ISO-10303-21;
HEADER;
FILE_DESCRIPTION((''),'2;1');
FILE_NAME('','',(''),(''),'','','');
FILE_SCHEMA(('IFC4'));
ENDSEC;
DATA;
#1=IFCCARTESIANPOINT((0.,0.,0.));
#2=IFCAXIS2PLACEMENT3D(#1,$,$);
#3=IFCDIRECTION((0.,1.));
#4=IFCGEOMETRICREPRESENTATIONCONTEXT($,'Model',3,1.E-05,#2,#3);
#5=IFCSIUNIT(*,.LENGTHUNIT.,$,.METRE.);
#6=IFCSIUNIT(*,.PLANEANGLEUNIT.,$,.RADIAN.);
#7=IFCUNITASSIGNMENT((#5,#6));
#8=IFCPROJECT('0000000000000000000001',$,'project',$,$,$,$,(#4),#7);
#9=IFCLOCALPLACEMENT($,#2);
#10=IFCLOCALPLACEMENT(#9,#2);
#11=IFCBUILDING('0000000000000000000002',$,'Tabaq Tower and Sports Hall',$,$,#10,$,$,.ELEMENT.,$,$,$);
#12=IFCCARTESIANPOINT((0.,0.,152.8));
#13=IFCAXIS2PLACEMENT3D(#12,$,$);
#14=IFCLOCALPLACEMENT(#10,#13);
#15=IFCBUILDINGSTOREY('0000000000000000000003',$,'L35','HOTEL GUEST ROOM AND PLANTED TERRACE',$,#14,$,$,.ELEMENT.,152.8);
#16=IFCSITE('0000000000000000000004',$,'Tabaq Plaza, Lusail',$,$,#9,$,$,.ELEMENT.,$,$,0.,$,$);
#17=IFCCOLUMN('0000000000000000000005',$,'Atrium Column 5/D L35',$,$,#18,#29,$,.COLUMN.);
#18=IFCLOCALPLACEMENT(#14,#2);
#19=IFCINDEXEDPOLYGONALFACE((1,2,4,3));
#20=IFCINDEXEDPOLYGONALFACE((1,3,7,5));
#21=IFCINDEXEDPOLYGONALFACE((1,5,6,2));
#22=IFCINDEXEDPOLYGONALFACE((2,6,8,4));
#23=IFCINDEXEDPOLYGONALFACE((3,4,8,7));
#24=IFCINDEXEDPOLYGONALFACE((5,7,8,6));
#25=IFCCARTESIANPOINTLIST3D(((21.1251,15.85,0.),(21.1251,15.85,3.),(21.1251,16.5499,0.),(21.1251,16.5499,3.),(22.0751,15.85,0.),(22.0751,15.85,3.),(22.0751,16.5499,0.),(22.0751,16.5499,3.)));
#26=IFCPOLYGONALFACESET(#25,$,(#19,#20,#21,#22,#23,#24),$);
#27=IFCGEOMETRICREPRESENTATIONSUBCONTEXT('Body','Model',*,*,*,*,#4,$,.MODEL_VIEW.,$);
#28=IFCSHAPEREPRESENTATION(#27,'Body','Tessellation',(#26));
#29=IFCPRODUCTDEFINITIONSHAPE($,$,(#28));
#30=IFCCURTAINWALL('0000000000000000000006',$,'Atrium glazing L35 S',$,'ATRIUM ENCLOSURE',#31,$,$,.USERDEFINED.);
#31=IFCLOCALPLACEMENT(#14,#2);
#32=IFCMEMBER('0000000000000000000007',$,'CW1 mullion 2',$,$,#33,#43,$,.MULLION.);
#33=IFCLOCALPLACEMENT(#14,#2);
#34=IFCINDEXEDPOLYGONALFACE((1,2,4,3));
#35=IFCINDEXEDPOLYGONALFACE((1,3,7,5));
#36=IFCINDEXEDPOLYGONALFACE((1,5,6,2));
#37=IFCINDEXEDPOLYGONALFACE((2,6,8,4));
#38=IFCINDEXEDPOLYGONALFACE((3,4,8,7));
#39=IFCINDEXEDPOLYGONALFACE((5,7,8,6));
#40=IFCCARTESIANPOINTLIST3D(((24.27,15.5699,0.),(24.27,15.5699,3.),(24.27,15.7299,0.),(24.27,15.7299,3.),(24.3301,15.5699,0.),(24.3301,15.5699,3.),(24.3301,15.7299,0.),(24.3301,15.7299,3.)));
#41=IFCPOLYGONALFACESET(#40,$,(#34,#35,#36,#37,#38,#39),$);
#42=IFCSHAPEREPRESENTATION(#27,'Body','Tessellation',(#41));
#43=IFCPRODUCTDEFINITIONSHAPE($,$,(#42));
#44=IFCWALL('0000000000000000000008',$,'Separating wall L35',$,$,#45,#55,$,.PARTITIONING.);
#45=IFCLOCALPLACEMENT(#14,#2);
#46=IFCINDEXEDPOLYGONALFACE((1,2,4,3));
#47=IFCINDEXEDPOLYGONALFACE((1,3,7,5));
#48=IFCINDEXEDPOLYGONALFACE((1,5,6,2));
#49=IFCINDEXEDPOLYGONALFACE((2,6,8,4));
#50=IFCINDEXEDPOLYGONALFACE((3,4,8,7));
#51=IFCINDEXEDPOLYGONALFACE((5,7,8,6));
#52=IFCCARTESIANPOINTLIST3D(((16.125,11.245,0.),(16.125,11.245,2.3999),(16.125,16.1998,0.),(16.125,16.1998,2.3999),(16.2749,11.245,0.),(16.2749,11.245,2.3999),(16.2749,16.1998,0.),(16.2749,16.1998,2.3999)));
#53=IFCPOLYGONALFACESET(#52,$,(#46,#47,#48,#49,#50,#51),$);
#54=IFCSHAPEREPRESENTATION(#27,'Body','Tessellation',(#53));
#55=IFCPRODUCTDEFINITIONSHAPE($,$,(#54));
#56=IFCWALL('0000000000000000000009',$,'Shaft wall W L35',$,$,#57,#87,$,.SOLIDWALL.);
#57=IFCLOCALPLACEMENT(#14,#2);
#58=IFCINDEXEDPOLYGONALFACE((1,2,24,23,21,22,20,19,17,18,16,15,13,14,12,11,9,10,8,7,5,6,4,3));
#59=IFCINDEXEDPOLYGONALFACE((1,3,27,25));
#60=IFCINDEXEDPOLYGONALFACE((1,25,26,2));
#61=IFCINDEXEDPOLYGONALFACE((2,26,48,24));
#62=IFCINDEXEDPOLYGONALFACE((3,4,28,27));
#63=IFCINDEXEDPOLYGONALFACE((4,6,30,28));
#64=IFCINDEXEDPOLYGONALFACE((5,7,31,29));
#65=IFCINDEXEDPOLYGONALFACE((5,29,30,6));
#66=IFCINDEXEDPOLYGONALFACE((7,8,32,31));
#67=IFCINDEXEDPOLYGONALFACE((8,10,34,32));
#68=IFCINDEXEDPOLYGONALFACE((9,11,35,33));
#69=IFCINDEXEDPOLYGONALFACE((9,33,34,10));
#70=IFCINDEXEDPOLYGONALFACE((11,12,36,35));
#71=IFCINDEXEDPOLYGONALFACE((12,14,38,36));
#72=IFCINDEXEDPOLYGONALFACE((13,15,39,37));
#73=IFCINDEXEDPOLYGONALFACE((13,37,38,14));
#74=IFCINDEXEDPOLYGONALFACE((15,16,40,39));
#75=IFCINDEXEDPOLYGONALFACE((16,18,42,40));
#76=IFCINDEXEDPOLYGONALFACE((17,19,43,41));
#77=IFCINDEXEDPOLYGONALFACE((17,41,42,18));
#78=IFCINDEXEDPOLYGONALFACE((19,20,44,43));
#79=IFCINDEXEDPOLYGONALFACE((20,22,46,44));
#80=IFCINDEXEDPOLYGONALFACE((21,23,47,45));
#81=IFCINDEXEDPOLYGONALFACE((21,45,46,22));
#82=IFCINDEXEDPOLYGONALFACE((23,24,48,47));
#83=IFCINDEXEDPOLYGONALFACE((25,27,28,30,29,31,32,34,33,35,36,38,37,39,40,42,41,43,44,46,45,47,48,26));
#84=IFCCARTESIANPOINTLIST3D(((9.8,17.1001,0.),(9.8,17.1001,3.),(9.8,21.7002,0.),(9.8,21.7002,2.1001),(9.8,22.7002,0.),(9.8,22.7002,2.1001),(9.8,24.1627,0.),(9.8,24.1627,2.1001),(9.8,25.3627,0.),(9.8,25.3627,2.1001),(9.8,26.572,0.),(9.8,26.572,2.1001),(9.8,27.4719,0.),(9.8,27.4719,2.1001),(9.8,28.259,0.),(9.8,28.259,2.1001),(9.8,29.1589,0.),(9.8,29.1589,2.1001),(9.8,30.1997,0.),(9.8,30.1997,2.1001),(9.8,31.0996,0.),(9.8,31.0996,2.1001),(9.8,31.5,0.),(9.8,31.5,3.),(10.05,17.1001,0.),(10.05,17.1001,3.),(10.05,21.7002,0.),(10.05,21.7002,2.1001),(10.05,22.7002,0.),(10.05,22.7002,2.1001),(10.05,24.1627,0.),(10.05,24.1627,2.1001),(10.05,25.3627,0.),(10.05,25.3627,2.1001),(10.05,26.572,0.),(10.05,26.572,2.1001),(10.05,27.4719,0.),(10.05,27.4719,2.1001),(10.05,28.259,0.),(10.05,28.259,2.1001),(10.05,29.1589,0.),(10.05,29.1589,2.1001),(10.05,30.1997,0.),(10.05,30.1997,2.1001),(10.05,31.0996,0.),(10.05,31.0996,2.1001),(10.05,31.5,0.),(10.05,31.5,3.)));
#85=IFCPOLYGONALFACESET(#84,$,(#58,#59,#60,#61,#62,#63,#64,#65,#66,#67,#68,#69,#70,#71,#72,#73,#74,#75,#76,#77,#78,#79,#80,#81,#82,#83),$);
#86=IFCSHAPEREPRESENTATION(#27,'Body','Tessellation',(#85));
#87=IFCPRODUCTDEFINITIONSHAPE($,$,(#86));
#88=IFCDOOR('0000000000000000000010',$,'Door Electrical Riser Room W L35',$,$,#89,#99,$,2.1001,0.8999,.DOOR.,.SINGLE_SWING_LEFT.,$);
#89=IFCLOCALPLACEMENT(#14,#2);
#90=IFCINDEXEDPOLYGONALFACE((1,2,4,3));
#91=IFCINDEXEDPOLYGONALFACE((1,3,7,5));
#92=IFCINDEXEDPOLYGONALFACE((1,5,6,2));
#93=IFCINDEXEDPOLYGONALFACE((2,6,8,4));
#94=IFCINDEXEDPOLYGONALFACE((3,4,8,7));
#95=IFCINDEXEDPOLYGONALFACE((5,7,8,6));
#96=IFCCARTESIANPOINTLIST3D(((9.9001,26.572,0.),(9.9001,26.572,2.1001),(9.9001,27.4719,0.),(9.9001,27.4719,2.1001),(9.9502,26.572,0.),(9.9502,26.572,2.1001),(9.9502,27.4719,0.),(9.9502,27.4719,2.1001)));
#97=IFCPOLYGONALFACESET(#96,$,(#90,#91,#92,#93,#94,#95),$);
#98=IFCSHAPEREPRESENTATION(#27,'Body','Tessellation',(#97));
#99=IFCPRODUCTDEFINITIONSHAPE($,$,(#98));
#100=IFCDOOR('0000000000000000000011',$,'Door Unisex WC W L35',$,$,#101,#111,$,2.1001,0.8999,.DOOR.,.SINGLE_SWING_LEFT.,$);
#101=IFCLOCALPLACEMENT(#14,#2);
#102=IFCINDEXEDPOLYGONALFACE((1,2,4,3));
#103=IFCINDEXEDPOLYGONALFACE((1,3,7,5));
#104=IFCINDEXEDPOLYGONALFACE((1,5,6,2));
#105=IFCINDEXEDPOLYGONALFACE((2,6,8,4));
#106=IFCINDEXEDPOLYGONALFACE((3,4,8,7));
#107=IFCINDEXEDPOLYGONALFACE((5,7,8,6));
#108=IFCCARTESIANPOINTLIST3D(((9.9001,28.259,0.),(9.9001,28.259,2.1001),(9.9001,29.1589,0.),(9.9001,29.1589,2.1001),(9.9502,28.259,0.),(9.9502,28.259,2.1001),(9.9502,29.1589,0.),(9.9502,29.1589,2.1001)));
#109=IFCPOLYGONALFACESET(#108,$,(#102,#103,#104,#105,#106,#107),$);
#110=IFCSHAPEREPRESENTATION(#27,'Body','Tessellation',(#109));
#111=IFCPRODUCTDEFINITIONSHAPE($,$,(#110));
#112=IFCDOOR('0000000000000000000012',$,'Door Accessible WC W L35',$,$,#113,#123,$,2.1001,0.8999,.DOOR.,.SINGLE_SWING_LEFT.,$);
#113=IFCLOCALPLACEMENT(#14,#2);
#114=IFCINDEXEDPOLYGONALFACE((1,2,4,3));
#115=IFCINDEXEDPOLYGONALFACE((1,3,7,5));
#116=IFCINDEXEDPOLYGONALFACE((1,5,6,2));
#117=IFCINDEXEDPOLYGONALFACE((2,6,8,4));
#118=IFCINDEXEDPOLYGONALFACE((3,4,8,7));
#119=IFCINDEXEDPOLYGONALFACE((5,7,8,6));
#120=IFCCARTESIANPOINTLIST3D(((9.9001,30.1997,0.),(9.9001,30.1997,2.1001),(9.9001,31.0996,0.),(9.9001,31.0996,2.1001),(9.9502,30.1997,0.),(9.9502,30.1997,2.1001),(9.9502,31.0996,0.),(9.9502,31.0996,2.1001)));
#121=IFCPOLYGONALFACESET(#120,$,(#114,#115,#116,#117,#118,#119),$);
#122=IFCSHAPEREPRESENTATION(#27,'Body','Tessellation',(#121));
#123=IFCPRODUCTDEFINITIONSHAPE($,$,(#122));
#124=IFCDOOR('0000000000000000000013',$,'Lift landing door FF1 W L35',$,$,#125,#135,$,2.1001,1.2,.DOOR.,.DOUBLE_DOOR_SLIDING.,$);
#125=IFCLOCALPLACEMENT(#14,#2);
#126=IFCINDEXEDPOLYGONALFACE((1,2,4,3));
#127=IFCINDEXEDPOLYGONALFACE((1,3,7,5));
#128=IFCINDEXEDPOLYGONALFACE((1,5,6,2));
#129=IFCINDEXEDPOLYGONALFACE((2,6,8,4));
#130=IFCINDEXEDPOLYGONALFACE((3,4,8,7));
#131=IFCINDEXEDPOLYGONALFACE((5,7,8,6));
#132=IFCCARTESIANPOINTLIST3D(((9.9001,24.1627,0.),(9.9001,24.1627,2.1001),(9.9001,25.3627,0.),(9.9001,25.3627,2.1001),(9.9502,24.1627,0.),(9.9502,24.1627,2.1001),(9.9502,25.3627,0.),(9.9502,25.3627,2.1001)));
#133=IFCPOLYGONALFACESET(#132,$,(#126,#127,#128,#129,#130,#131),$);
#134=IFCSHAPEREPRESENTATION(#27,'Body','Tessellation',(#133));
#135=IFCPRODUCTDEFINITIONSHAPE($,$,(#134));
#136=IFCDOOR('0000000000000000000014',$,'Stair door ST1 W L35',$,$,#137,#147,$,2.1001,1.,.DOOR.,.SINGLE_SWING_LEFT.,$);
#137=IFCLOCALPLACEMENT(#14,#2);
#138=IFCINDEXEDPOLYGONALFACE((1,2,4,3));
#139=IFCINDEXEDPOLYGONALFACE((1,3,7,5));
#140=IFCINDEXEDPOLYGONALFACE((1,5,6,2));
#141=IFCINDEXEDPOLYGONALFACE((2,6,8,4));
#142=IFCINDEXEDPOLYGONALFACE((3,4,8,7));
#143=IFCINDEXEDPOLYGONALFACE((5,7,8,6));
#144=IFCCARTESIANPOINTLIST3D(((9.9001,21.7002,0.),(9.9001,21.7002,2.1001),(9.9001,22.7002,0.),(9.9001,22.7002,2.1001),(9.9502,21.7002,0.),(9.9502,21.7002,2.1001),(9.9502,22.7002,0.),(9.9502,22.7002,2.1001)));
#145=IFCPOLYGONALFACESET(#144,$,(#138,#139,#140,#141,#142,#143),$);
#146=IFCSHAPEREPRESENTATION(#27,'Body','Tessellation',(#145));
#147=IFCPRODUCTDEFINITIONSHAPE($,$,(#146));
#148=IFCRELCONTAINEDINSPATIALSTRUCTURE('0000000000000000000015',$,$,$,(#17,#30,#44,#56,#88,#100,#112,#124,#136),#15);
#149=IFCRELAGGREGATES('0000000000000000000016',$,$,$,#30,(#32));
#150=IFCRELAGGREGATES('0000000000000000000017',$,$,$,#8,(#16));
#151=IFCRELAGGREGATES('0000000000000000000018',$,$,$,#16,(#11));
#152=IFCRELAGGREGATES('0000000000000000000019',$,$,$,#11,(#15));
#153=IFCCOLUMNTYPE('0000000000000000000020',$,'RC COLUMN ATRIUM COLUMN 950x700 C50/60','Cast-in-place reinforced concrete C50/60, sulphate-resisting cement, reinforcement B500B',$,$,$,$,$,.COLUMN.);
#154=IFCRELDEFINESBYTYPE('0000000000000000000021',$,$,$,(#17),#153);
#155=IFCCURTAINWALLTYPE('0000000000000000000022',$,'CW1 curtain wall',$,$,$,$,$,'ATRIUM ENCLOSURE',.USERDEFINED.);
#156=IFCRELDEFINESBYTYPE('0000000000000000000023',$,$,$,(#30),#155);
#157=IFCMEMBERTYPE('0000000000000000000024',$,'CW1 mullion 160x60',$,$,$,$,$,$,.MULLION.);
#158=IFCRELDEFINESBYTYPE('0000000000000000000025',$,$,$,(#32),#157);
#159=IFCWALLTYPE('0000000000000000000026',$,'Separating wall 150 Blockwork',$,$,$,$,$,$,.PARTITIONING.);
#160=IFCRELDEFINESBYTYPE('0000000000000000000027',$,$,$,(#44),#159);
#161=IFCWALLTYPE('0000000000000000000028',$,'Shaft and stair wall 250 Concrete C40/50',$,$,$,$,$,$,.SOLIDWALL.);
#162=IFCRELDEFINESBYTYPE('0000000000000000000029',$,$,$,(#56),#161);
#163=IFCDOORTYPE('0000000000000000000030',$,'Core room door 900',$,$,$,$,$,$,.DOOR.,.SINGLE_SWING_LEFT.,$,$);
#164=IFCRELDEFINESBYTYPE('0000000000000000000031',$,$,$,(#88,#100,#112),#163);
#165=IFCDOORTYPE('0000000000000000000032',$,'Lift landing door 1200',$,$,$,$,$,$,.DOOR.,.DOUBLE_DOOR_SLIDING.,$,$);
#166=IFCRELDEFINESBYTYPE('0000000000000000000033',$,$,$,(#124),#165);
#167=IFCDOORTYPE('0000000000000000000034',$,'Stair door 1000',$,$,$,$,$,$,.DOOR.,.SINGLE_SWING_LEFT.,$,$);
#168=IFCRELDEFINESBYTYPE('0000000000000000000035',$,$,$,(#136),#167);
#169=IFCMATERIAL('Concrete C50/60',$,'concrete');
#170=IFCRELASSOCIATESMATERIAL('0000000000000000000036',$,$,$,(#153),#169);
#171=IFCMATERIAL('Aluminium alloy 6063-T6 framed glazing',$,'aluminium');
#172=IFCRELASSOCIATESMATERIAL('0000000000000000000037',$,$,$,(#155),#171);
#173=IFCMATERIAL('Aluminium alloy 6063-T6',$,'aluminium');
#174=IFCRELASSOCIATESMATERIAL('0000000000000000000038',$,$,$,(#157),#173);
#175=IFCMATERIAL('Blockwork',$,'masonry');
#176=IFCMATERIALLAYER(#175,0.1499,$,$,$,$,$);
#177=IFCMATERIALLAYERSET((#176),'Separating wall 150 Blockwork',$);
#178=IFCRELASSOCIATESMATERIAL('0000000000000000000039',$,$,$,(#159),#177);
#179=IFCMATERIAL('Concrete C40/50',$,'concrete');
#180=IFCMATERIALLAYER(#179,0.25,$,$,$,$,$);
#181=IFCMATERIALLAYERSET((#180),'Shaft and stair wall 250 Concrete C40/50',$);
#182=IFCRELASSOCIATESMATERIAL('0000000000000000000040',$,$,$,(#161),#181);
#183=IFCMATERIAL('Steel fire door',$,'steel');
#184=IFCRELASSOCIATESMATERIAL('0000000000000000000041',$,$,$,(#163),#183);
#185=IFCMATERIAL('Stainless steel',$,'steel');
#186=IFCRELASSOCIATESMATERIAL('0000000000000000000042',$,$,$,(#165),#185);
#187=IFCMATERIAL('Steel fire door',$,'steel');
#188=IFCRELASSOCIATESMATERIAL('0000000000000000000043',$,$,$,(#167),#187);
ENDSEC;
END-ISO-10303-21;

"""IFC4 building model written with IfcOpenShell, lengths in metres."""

from ifc_helpers import new_model, si_unit, direction, frame, frame_2d, origin, origin_2d, place, context, subcontext, project, spatial, rectangle, extrude, material, layer, layer_set, material_profile, profile_set, type_object, element, fill, aggregate, save


model = new_model("IFC4")

# Units and contexts
model_context = context("Model", 3, precision=1e-05, world=origin(), true_north=direction((0.0, 1.0)))
body_context = subcontext(model_context, "Body", "Model", "MODEL_VIEW")
ifc_project = project(units=[si_unit("LENGTHUNIT", "METRE"), si_unit("PLANEANGLEUNIT", "RADIAN")], contexts=[model_context])

# Site, building, storey
site_placement = place(None, origin())
site = spatial("IfcSite", under=ifc_project, at=site_placement, Name="Tabaq Plaza, Lusail", CompositionType="ELEMENT", RefElevation=0.0)
building_placement = place(site_placement, origin())
building = spatial("IfcBuilding", under=site, at=building_placement, Name="Tabaq Tower and Sports Hall", CompositionType="ELEMENT")
storey_placement = place(building_placement, frame((0.0, 0.0, 152.8)))
storey = spatial("IfcBuildingStorey", under=building, at=storey_placement, Name="L35", Description="HOTEL GUEST ROOM AND PLANTED TERRACE", CompositionType="ELEMENT", Elevation=152.8)

# Column
ifc_material_1 = material(Name="Concrete C50/60", Category="concrete")
ifc_material_profile_1 = material_profile(ifc_material_1, rectangle(XDim=0.95, YDim=0.7, at=origin_2d()), Name="ATRIUM COLUMN 950x700")
ifc_profile_set_1 = profile_set([ifc_material_profile_1], Name="Concrete C50/60")
column_type = type_object("IfcColumnType", Name="RC COLUMN ATRIUM COLUMN 950x700 C50/60", Description="Cast-in-place reinforced concrete C50/60, sulphate-resisting cement, reinforcement B500B", PredefinedType="COLUMN", material=ifc_profile_set_1)
column_placement = place(storey_placement, frame((21.6001, 16.2, 0.0), z_axis=(0.0, 0.0, 1.0), x_axis=(1.0, 0.0, 0.0)))
element("IfcColumn", 1, at=column_placement, inside=storey, type_object=column_type, Name="Atrium Column 5/D L35", PredefinedType="COLUMN", context=body_context, shape_type="SweptSolid", body=[
    extrude(rectangle(XDim=0.95, YDim=0.7, at=origin_2d()), origin(), (0.0, 0.0, 1.0), 3.0),
])

# Curtain wall, member
ifc_material_2 = material(Name="Aluminium alloy 6063-T6 framed glazing", Category="aluminium")
curtain_wall_type = type_object("IfcCurtainWallType", Name="CW1 curtain wall", ElementType="ATRIUM ENCLOSURE", PredefinedType="USERDEFINED", material=ifc_material_2)
curtain_wall_placement = place(storey_placement, origin())
curtain_wall = element("IfcCurtainWall", 2, at=curtain_wall_placement, inside=storey, type_object=curtain_wall_type, Name="Atrium glazing L35 S", ObjectType="ATRIUM ENCLOSURE", PredefinedType="USERDEFINED")
ifc_material_3 = material(Name="Aluminium alloy 6063-T6", Category="aluminium")
ifc_material_profile_2 = material_profile(ifc_material_3, rectangle(XDim=0.1599, YDim=0.0601, at=origin_2d()), Name="MULLION 160x60")
ifc_profile_set_2 = profile_set([ifc_material_profile_2], Name="Aluminium alloy 6063-T6")
member_type = type_object("IfcMemberType", Name="CW1 mullion 160x60", PredefinedType="MULLION", material=ifc_profile_set_2)
member_placement = place(storey_placement, frame((24.3, 15.6499, 0.0), z_axis=(0.0, 0.0, 1.0), x_axis=(0.0, 1.0, 0.0)))
member = element("IfcMember", 3, at=member_placement, type_object=member_type, Name="CW1 mullion 2", PredefinedType="MULLION", context=body_context, shape_type="SweptSolid", body=[
    extrude(rectangle(XDim=0.1599, YDim=0.0601, at=origin_2d()), origin(), (0.0, 0.0, 1.0), 3.0),
])
aggregate(curtain_wall, [member])

# Wall
ifc_material_4 = material(Name="Blockwork", Category="masonry")
ifc_layer_1 = layer(ifc_material_4, 0.1499)
ifc_layer_set_1 = layer_set([ifc_layer_1], Name="Separating wall 150 Blockwork")
wall_type_1 = type_object("IfcWallType", Name="Separating wall 150 Blockwork", PredefinedType="PARTITIONING", material=ifc_layer_set_1)
wall_1_placement = place(storey_placement, frame((16.2, 16.2, 0.0), z_axis=(0.0, 0.0, 1.0), x_axis=(0.0, -1.0, 0.0)))
element("IfcWall", 4, at=wall_1_placement, inside=storey, type_object=wall_type_1, Name="Separating wall L35", PredefinedType="PARTITIONING", context=body_context, shape_type="SweptSolid", body=[
    extrude(rectangle(XDim=4.9548, YDim=0.1499, at=frame_2d((2.4775, 0.0))), origin(), (0.0, 0.0, 1.0), 2.3999),
])

# Wall, openings, doors
ifc_material_5 = material(Name="Concrete C40/50", Category="concrete")
ifc_layer_2 = layer(ifc_material_5, 0.25)
ifc_layer_set_2 = layer_set([ifc_layer_2], Name="Shaft and stair wall 250 Concrete C40/50")
wall_type_2 = type_object("IfcWallType", Name="Shaft and stair wall 250 Concrete C40/50", PredefinedType="SOLIDWALL", material=ifc_layer_set_2)
wall_2_placement = place(storey_placement, frame((9.925, 17.1001, 0.0), z_axis=(0.0, 0.0, 1.0), x_axis=(0.0, 1.0, 0.0)))
wall_2 = element("IfcWall", 5, at=wall_2_placement, inside=storey, type_object=wall_type_2, Name="Shaft wall W L35", PredefinedType="SOLIDWALL", context=body_context, shape_type="SweptSolid", body=[
    extrude(rectangle(XDim=14.3999, YDim=0.25, at=frame_2d((7.2, 0.0))), origin(), (0.0, 0.0, 1.0), 3.0),
])
opening_1_placement = place(wall_2_placement, frame((4.6001, 0.0, 0.0)))
opening_1 = element("IfcOpeningElement", 6, at=opening_1_placement, cuts=wall_2, PredefinedType="OPENING", context=body_context, shape_type="SweptSolid", body=[
    extrude(rectangle(XDim=1.0, YDim=2.1001, at=frame_2d((0.5, 1.05))), frame((0.0, 0.125, 0.0), z_axis=(0.0, -1.0, 0.0), x_axis=(1.0, 0.0, 0.0)), (0.0, 0.0, 1.0), 0.25),
])
opening_2_placement = place(wall_2_placement, frame((7.0625, 0.0, 0.0)))
opening_2 = element("IfcOpeningElement", 7, at=opening_2_placement, cuts=wall_2, PredefinedType="OPENING", context=body_context, shape_type="SweptSolid", body=[
    extrude(rectangle(XDim=1.2, YDim=2.1001, at=frame_2d((0.6001, 1.05))), frame((0.0, 0.125, 0.0), z_axis=(0.0, -1.0, 0.0), x_axis=(1.0, 0.0, 0.0)), (0.0, 0.0, 1.0), 0.25),
])
opening_3_placement = place(wall_2_placement, frame((9.4719, 0.0, 0.0)))
opening_3 = element("IfcOpeningElement", 8, at=opening_3_placement, cuts=wall_2, PredefinedType="OPENING", context=body_context, shape_type="SweptSolid", body=[
    extrude(rectangle(XDim=0.8999, YDim=2.1001, at=frame_2d((0.45, 1.05))), frame((0.0, 0.125, 0.0), z_axis=(0.0, -1.0, 0.0), x_axis=(1.0, 0.0, 0.0)), (0.0, 0.0, 1.0), 0.25),
])
opening_4_placement = place(wall_2_placement, frame((11.1589, 0.0, 0.0)))
opening_4 = element("IfcOpeningElement", 9, at=opening_4_placement, cuts=wall_2, PredefinedType="OPENING", context=body_context, shape_type="SweptSolid", body=[
    extrude(rectangle(XDim=0.8999, YDim=2.1001, at=frame_2d((0.45, 1.05))), frame((0.0, 0.125, 0.0), z_axis=(0.0, -1.0, 0.0), x_axis=(1.0, 0.0, 0.0)), (0.0, 0.0, 1.0), 0.25),
])
opening_5_placement = place(wall_2_placement, frame((13.0996, 0.0, 0.0)))
opening_5 = element("IfcOpeningElement", 10, at=opening_5_placement, cuts=wall_2, PredefinedType="OPENING", context=body_context, shape_type="SweptSolid", body=[
    extrude(rectangle(XDim=0.8999, YDim=2.1001, at=frame_2d((0.45, 1.05))), frame((0.0, 0.125, 0.0), z_axis=(0.0, -1.0, 0.0), x_axis=(1.0, 0.0, 0.0)), (0.0, 0.0, 1.0), 0.25),
])
ifc_material_6 = material(Name="Steel fire door", Category="steel")
door_type_1 = type_object("IfcDoorType", Name="Core room door 900", OperationType="SINGLE_SWING_LEFT", PredefinedType="DOOR", material=ifc_material_6)
door_1_placement = place(opening_3_placement, origin())
door_1 = element("IfcDoor", 11, at=door_1_placement, inside=storey, type_object=door_type_1, Name="Door Electrical Riser Room W L35", OperationType="SINGLE_SWING_LEFT", OverallHeight=2.1001, OverallWidth=0.8999, PredefinedType="DOOR", context=body_context, shape_type="SweptSolid", body=[
    extrude(rectangle(XDim=0.8999, YDim=2.1001, at=frame_2d((0.45, 1.05))), frame((0.0, 0.0249, 0.0), z_axis=(0.0, -1.0, 0.0), x_axis=(1.0, 0.0, 0.0)), (0.0, 0.0, 1.0), 0.05),
])
fill(opening_3, door_1)
door_2_placement = place(opening_4_placement, origin())
door_2 = element("IfcDoor", 12, at=door_2_placement, inside=storey, type_object=door_type_1, Name="Door Unisex WC W L35", OperationType="SINGLE_SWING_LEFT", OverallHeight=2.1001, OverallWidth=0.8999, PredefinedType="DOOR", context=body_context, shape_type="SweptSolid", body=[
    extrude(rectangle(XDim=0.8999, YDim=2.1001, at=frame_2d((0.45, 1.05))), frame((0.0, 0.0249, 0.0), z_axis=(0.0, -1.0, 0.0), x_axis=(1.0, 0.0, 0.0)), (0.0, 0.0, 1.0), 0.05),
])
fill(opening_4, door_2)
door_3_placement = place(opening_5_placement, origin())
door_3 = element("IfcDoor", 13, at=door_3_placement, inside=storey, type_object=door_type_1, Name="Door Accessible WC W L35", OperationType="SINGLE_SWING_LEFT", OverallHeight=2.1001, OverallWidth=0.8999, PredefinedType="DOOR", context=body_context, shape_type="SweptSolid", body=[
    extrude(rectangle(XDim=0.8999, YDim=2.1001, at=frame_2d((0.45, 1.05))), frame((0.0, 0.0249, 0.0), z_axis=(0.0, -1.0, 0.0), x_axis=(1.0, 0.0, 0.0)), (0.0, 0.0, 1.0), 0.05),
])
fill(opening_5, door_3)
ifc_material_7 = material(Name="Stainless steel", Category="steel")
door_type_2 = type_object("IfcDoorType", Name="Lift landing door 1200", OperationType="DOUBLE_DOOR_SLIDING", PredefinedType="DOOR", material=ifc_material_7)
door_4_placement = place(opening_2_placement, origin())
door_4 = element("IfcDoor", 14, at=door_4_placement, inside=storey, type_object=door_type_2, Name="Lift landing door FF1 W L35", OperationType="DOUBLE_DOOR_SLIDING", OverallHeight=2.1001, OverallWidth=1.2, PredefinedType="DOOR", context=body_context, shape_type="SweptSolid", body=[
    extrude(rectangle(XDim=1.2, YDim=2.1001, at=frame_2d((0.6001, 1.05))), frame((0.0, 0.0249, 0.0), z_axis=(0.0, -1.0, 0.0), x_axis=(1.0, 0.0, 0.0)), (0.0, 0.0, 1.0), 0.05),
])
fill(opening_2, door_4)
ifc_material_8 = material(Name="Steel fire door", Category="steel")
door_type_3 = type_object("IfcDoorType", Name="Stair door 1000", OperationType="SINGLE_SWING_LEFT", PredefinedType="DOOR", material=ifc_material_8)
door_5_placement = place(opening_1_placement, origin())
door_5 = element("IfcDoor", 15, at=door_5_placement, inside=storey, type_object=door_type_3, Name="Stair door ST1 W L35", OperationType="SINGLE_SWING_LEFT", OverallHeight=2.1001, OverallWidth=1.0, PredefinedType="DOOR", context=body_context, shape_type="SweptSolid", body=[
    extrude(rectangle(XDim=1.0, YDim=2.1001, at=frame_2d((0.5, 1.05))), frame((0.0, 0.0249, 0.0), z_axis=(0.0, -1.0, 0.0), x_axis=(1.0, 0.0, 0.0)), (0.0, 0.0, 1.0), 0.05),
])
fill(opening_1, door_5)

save(model, "model.ifc")
